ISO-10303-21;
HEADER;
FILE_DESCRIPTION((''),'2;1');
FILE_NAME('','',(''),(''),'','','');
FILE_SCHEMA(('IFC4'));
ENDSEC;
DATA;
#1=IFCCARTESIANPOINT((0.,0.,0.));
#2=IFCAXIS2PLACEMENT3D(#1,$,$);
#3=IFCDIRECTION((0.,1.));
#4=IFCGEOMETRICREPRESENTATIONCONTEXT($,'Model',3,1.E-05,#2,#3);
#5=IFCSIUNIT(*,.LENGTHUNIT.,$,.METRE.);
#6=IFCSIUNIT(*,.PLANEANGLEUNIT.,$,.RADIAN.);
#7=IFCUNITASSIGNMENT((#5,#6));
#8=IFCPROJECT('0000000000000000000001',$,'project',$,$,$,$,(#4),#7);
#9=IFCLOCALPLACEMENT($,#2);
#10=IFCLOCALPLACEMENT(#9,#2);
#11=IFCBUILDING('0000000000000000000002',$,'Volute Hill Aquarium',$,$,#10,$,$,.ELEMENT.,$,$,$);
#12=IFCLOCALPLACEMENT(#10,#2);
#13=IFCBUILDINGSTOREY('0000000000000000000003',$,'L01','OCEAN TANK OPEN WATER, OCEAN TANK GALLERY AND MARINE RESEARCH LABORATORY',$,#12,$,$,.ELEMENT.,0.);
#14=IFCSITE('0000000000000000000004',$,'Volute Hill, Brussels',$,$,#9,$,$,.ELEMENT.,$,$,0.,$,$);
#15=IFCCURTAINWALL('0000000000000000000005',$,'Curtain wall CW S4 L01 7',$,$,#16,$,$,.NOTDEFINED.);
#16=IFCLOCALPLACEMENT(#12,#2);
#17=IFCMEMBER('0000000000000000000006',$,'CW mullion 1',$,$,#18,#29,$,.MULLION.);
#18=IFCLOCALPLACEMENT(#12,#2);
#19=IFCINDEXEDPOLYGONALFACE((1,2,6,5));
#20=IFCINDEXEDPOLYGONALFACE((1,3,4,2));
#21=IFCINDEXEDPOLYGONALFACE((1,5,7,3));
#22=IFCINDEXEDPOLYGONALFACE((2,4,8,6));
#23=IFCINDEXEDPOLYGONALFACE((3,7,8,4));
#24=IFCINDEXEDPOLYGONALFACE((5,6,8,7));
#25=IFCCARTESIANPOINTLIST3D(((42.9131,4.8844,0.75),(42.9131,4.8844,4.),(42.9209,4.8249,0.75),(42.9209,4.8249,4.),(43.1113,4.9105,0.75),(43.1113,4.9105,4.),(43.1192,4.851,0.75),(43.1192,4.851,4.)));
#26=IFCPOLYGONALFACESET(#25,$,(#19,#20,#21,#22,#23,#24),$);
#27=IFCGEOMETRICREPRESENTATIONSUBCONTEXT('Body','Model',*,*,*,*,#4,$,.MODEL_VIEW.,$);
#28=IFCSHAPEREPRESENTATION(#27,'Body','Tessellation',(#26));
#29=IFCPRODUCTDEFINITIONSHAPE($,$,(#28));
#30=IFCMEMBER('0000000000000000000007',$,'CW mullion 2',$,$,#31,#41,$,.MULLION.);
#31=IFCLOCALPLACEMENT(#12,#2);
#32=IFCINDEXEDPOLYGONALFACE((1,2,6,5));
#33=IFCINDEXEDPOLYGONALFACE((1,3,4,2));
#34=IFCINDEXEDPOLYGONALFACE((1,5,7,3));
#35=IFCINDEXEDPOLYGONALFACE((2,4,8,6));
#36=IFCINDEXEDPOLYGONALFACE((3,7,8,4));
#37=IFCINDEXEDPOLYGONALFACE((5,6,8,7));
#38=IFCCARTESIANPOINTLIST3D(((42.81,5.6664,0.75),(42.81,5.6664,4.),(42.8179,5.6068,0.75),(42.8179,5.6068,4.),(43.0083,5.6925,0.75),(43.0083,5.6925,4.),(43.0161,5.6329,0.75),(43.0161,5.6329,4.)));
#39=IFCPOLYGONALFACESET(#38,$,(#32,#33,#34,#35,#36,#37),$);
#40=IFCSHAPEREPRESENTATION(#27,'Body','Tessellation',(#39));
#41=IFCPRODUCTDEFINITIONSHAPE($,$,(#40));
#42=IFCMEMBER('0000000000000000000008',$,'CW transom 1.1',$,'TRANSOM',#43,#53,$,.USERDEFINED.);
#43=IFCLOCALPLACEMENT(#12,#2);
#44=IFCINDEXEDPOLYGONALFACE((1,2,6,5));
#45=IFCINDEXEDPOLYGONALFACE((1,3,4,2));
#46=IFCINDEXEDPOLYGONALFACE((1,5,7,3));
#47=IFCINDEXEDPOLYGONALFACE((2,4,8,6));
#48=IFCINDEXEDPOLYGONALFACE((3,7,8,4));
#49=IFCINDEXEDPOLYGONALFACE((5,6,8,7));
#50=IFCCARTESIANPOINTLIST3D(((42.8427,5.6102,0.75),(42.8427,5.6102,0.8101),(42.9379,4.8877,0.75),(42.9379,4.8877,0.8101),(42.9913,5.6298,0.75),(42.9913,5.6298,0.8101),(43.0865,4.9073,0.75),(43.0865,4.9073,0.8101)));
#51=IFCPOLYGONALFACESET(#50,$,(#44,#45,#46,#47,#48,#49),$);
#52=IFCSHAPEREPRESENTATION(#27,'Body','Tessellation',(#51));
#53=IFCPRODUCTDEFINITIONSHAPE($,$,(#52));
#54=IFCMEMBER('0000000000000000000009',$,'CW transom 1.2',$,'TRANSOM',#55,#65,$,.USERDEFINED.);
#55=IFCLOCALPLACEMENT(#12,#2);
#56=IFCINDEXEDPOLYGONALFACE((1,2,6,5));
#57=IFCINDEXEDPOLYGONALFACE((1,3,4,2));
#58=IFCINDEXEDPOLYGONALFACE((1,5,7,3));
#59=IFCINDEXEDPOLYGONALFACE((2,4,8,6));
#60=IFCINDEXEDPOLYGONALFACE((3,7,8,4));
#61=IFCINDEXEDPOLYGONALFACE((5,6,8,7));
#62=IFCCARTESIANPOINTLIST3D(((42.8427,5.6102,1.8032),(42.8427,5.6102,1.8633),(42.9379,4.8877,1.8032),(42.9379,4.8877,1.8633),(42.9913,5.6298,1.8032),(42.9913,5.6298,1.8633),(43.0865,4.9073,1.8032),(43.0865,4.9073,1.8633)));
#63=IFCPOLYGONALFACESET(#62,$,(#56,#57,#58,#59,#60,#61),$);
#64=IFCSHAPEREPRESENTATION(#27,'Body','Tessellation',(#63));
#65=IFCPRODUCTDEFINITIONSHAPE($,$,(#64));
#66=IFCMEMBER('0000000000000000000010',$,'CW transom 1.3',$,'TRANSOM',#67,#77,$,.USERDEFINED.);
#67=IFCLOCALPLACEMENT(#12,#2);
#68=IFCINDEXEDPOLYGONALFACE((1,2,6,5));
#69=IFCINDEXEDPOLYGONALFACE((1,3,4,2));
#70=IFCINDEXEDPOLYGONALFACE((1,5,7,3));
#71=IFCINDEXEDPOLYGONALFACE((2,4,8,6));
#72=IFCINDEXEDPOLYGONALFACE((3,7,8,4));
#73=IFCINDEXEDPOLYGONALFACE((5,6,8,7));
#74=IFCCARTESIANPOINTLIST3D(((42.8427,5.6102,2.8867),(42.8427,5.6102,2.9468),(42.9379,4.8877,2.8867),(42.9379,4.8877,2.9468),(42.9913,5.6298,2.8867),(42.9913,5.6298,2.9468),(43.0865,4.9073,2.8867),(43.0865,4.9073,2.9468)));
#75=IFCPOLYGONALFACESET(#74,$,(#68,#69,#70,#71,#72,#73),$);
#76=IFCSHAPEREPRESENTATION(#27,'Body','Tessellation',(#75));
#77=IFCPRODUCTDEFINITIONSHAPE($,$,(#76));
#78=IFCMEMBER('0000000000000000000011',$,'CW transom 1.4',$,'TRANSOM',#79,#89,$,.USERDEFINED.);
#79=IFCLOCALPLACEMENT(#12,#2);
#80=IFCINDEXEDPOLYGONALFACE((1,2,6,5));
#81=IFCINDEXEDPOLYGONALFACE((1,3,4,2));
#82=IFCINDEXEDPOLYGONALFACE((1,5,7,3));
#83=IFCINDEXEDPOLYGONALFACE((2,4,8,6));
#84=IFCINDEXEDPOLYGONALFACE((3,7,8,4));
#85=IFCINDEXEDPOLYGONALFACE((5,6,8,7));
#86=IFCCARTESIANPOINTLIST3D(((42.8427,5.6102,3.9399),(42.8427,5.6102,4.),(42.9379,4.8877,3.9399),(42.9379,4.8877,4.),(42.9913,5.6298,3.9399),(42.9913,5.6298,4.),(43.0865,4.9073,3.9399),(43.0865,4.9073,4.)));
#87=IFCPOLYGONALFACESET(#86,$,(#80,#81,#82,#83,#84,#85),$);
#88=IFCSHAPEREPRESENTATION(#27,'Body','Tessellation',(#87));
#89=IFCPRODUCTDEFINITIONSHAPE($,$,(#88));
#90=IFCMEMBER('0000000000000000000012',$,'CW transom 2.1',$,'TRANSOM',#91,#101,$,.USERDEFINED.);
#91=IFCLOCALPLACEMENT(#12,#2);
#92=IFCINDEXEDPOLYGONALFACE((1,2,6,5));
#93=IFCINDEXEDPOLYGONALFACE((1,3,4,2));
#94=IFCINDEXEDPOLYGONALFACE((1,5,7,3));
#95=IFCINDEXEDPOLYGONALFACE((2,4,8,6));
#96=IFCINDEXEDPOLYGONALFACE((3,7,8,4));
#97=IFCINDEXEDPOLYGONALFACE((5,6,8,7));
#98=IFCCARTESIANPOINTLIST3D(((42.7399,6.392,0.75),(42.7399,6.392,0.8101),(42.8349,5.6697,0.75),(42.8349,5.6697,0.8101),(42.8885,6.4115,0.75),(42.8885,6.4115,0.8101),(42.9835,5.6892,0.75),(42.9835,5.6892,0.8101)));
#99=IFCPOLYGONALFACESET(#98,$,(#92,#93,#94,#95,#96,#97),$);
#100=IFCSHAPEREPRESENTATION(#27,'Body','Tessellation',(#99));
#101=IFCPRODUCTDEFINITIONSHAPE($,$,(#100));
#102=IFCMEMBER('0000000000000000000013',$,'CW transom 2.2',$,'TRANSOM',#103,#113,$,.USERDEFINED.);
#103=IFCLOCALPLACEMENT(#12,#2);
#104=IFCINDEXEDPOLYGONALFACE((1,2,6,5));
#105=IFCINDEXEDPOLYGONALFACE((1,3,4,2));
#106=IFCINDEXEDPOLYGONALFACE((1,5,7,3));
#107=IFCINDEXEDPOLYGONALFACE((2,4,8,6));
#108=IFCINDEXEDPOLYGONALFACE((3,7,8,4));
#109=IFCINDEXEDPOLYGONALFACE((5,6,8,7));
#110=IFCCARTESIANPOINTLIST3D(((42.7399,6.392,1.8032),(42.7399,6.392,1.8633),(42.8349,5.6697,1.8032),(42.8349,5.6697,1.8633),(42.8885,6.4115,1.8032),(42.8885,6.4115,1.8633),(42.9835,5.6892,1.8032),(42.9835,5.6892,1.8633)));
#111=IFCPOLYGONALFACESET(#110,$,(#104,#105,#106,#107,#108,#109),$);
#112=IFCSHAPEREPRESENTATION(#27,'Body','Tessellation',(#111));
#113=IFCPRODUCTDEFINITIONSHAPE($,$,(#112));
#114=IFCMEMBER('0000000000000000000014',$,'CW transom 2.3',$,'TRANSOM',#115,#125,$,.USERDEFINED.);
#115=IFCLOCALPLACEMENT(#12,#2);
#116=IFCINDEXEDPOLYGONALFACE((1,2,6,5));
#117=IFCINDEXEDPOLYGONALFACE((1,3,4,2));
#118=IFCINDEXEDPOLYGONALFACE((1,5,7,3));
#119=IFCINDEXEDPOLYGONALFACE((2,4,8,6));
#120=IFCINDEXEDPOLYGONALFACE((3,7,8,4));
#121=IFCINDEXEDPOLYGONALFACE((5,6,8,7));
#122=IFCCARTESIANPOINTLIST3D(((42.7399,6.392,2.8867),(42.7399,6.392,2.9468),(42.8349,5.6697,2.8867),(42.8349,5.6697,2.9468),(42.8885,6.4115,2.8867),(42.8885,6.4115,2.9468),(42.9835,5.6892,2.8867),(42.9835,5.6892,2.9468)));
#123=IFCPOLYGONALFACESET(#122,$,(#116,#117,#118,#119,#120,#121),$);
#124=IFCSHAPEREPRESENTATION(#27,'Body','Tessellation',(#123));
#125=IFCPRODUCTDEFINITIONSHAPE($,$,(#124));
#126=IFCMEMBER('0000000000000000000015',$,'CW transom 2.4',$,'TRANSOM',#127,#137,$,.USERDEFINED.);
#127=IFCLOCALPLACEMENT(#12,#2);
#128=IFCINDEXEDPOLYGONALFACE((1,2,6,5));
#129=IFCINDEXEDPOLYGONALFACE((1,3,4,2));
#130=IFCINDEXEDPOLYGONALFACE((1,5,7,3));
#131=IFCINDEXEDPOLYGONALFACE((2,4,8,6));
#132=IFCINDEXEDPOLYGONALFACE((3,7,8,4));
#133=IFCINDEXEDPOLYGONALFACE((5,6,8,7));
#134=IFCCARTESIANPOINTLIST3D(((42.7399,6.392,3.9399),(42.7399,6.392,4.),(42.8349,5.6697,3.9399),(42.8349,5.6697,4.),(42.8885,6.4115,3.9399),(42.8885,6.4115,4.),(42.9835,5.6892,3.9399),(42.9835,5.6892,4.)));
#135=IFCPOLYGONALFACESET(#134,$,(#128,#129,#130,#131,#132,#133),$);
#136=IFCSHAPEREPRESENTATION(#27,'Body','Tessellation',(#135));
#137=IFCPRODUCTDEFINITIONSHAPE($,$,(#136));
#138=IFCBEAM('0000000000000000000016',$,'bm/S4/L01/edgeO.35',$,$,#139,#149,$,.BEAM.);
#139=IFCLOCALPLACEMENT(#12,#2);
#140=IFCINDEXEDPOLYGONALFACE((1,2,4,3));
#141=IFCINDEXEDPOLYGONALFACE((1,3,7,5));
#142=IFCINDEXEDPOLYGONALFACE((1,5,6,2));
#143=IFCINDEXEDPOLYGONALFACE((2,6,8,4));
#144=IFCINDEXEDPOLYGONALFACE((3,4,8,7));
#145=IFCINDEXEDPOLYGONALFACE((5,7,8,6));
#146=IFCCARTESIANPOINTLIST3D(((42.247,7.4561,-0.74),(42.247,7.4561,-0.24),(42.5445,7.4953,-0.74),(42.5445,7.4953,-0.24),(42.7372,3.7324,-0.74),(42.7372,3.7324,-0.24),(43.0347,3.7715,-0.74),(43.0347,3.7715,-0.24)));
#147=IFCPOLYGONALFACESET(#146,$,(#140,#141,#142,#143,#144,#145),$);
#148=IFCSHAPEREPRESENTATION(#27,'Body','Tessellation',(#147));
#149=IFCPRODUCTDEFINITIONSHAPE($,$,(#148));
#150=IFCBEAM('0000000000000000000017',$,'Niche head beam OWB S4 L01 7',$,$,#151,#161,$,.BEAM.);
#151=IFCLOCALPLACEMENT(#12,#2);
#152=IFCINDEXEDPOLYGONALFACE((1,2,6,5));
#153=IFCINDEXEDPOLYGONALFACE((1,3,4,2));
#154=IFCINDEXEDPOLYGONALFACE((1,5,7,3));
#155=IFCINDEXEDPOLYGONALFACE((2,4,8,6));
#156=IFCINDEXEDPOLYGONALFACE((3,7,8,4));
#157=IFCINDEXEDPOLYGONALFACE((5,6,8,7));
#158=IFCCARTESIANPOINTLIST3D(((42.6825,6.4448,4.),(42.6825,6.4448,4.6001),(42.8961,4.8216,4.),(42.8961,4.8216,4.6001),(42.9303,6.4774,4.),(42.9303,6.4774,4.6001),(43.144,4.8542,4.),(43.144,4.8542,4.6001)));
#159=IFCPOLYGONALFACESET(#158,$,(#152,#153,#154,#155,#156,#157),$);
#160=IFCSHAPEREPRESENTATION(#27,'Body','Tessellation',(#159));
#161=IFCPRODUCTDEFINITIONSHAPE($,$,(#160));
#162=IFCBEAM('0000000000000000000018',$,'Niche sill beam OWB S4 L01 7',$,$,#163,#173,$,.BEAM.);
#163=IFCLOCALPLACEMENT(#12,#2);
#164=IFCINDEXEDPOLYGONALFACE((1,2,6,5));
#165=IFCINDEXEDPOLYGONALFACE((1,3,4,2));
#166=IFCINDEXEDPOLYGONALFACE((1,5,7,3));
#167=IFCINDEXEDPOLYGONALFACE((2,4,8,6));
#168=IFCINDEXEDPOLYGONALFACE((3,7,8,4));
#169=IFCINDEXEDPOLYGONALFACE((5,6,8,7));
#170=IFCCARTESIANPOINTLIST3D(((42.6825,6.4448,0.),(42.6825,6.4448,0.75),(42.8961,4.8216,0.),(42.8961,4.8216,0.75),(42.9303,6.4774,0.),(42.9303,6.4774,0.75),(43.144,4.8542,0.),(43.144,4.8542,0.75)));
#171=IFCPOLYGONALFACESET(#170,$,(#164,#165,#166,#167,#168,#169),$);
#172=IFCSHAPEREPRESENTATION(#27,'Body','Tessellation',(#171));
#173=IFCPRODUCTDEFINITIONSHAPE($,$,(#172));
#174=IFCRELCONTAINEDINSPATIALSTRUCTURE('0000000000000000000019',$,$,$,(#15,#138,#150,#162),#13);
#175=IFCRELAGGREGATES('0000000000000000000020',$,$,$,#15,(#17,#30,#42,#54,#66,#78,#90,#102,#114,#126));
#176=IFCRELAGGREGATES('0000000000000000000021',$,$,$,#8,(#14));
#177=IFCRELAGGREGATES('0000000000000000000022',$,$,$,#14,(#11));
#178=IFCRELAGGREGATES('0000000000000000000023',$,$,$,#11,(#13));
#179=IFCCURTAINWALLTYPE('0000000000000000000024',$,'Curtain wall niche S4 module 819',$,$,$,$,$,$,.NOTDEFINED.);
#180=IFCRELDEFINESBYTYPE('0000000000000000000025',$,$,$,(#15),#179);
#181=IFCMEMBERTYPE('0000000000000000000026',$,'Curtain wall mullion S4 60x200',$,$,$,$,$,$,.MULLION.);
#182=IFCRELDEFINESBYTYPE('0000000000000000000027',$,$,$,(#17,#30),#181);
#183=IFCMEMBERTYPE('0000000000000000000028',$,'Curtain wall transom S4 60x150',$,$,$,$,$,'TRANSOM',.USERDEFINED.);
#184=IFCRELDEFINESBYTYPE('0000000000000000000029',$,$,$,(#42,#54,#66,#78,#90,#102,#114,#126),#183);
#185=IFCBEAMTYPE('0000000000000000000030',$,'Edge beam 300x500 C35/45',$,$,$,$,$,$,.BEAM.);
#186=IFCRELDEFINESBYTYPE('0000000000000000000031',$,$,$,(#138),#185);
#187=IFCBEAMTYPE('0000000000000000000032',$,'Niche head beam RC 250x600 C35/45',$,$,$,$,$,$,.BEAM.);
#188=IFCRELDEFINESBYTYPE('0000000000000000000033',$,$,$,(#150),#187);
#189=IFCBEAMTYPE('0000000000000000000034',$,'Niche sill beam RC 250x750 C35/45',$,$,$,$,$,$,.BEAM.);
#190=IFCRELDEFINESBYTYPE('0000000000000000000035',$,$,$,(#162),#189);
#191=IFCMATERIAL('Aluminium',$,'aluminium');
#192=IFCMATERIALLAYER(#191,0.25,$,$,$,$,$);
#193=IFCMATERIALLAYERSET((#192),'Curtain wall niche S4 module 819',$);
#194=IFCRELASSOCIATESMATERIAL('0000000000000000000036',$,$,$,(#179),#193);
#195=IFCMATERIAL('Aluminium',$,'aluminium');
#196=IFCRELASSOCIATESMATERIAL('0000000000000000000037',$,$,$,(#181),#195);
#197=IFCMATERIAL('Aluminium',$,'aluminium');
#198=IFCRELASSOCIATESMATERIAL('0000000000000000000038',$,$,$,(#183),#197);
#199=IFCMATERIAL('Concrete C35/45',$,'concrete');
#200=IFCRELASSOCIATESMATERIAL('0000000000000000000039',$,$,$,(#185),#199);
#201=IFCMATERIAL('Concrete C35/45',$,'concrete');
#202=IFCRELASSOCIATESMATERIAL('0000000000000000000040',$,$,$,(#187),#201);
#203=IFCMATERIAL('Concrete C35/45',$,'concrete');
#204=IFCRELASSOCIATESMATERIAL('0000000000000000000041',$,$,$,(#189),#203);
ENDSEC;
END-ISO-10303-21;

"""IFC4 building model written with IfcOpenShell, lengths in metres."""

from ifc_helpers import new_model, si_unit, direction, frame, origin, origin_2d, place, context, subcontext, project, spatial, rectangle, extrude, material, layer, layer_set, material_profile, profile_set, type_object, element, aggregate, save


model = new_model("IFC4")

# Units and contexts
model_context = context("Model", 3, precision=1e-05, world=origin(), true_north=direction((0.0, 1.0)))
body_context = subcontext(model_context, "Body", "Model", "MODEL_VIEW")
ifc_project = project(units=[si_unit("LENGTHUNIT", "METRE"), si_unit("PLANEANGLEUNIT", "RADIAN")], contexts=[model_context])

# Site, building, storey
site_placement = place(None, origin())
site = spatial("IfcSite", under=ifc_project, at=site_placement, Name="Volute Hill, Brussels", CompositionType="ELEMENT", RefElevation=0.0)
building_placement = place(site_placement, origin())
building = spatial("IfcBuilding", under=site, at=building_placement, Name="Volute Hill Aquarium", CompositionType="ELEMENT")
storey_placement = place(building_placement, origin())
storey = spatial("IfcBuildingStorey", under=building, at=storey_placement, Name="L01", Description="OCEAN TANK OPEN WATER, OCEAN TANK GALLERY AND MARINE RESEARCH LABORATORY", CompositionType="ELEMENT", Elevation=0.0)

# Curtain wall, members
ifc_material_1 = material(Name="Aluminium", Category="aluminium")
ifc_layer_1 = layer(ifc_material_1, 0.25)
ifc_layer_set_1 = layer_set([ifc_layer_1], Name="Curtain wall niche S4 module 819")
curtain_wall_type = type_object("IfcCurtainWallType", Name="Curtain wall niche S4 module 819", PredefinedType="NOTDEFINED", material=ifc_layer_set_1)
curtain_wall_placement = place(storey_placement, origin())
curtain_wall = element("IfcCurtainWall", 1, at=curtain_wall_placement, inside=storey, type_object=curtain_wall_type, Name="Curtain wall CW S4 L01 7", PredefinedType="NOTDEFINED")
ifc_material_2 = material(Name="Aluminium", Category="aluminium")
ifc_material_profile_1 = material_profile(ifc_material_2, rectangle(XDim=0.2, YDim=0.0601, at=origin_2d()), Name="Curtain wall mullion S4 60x200")
ifc_profile_set_1 = profile_set([ifc_material_profile_1], Name="Aluminium")
member_type_1 = type_object("IfcMemberType", Name="Curtain wall mullion S4 60x200", PredefinedType="MULLION", material=ifc_profile_set_1)
member_1_placement = place(storey_placement, frame((43.0161, 4.8677, 0.75), z_axis=(0.0, 0.0, 1.0), x_axis=(-0.991446, -0.130516, 0.0)))
member_1 = element("IfcMember", 2, at=member_1_placement, type_object=member_type_1, Name="CW mullion 1", PredefinedType="MULLION", context=body_context, shape_type="SweptSolid", body=[
    extrude(rectangle(XDim=0.2, YDim=0.0601, at=origin_2d()), origin(), (0.0, 0.0, 1.0), 3.25),
])
member_2_placement = place(storey_placement, frame((42.9131, 5.6497, 0.75), z_axis=(0.0, 0.0, 1.0), x_axis=(-0.991446, -0.130516, 0.0)))
member_2 = element("IfcMember", 3, at=member_2_placement, type_object=member_type_1, Name="CW mullion 2", PredefinedType="MULLION", context=body_context, shape_type="SweptSolid", body=[
    extrude(rectangle(XDim=0.2, YDim=0.0601, at=origin_2d()), origin(), (0.0, 0.0, 1.0), 3.25),
])
ifc_material_3 = material(Name="Aluminium", Category="aluminium")
ifc_material_profile_2 = material_profile(ifc_material_3, rectangle(XDim=0.1499, YDim=0.0601, at=origin_2d()), Name="Curtain wall transom S4 60x150")
ifc_profile_set_2 = profile_set([ifc_material_profile_2], Name="Aluminium")
member_type_2 = type_object("IfcMemberType", Name="Curtain wall transom S4 60x150", ElementType="TRANSOM", PredefinedType="USERDEFINED", material=ifc_profile_set_2)
member_3_placement = place(storey_placement, frame((43.0122, 4.8975, 0.78), z_axis=(-0.130671, 0.991426, 0.0), x_axis=(-0.991426, -0.130671, 0.0)))
member_3 = element("IfcMember", 4, at=member_3_placement, type_object=member_type_2, Name="CW transom 1.1", ObjectType="TRANSOM", PredefinedType="USERDEFINED", context=body_context, shape_type="SweptSolid", body=[
    extrude(rectangle(XDim=0.1499, YDim=0.0601, at=origin_2d()), origin(), (0.0, 0.0, 1.0), 0.7288),
])
member_4_placement = place(storey_placement, frame((43.0122, 4.8975, 1.8333), z_axis=(-0.130671, 0.991426, 0.0), x_axis=(-0.991426, -0.130671, 0.0)))
member_4 = element("IfcMember", 5, at=member_4_placement, type_object=member_type_2, Name="CW transom 1.2", ObjectType="TRANSOM", PredefinedType="USERDEFINED", context=body_context, shape_type="SweptSolid", body=[
    extrude(rectangle(XDim=0.1499, YDim=0.0601, at=origin_2d()), origin(), (0.0, 0.0, 1.0), 0.7288),
])
member_5_placement = place(storey_placement, frame((43.0122, 4.8975, 2.9167), z_axis=(-0.130671, 0.991426, 0.0), x_axis=(-0.991426, -0.130671, 0.0)))
member_5 = element("IfcMember", 6, at=member_5_placement, type_object=member_type_2, Name="CW transom 1.3", ObjectType="TRANSOM", PredefinedType="USERDEFINED", context=body_context, shape_type="SweptSolid", body=[
    extrude(rectangle(XDim=0.1499, YDim=0.0601, at=origin_2d()), origin(), (0.0, 0.0, 1.0), 0.7288),
])
member_6_placement = place(storey_placement, frame((43.0122, 4.8975, 3.97), z_axis=(-0.130671, 0.991426, 0.0), x_axis=(-0.991426, -0.130671, 0.0)))
member_6 = element("IfcMember", 7, at=member_6_placement, type_object=member_type_2, Name="CW transom 1.4", ObjectType="TRANSOM", PredefinedType="USERDEFINED", context=body_context, shape_type="SweptSolid", body=[
    extrude(rectangle(XDim=0.1499, YDim=0.0601, at=origin_2d()), origin(), (0.0, 0.0, 1.0), 0.7288),
])
member_7_placement = place(storey_placement, frame((42.9092, 5.6794, 0.78), z_axis=(-0.130342, 0.991469, 0.0), x_axis=(-0.991469, -0.130342, 0.0)))
member_7 = element("IfcMember", 8, at=member_7_placement, type_object=member_type_2, Name="CW transom 2.1", ObjectType="TRANSOM", PredefinedType="USERDEFINED", context=body_context, shape_type="SweptSolid", body=[
    extrude(rectangle(XDim=0.1499, YDim=0.0601, at=origin_2d()), origin(), (0.0, 0.0, 1.0), 0.7285),
])
member_8_placement = place(storey_placement, frame((42.9092, 5.6794, 1.8333), z_axis=(-0.130342, 0.991469, 0.0), x_axis=(-0.991469, -0.130342, 0.0)))
member_8 = element("IfcMember", 9, at=member_8_placement, type_object=member_type_2, Name="CW transom 2.2", ObjectType="TRANSOM", PredefinedType="USERDEFINED", context=body_context, shape_type="SweptSolid", body=[
    extrude(rectangle(XDim=0.1499, YDim=0.0601, at=origin_2d()), origin(), (0.0, 0.0, 1.0), 0.7285),
])
member_9_placement = place(storey_placement, frame((42.9092, 5.6794, 2.9167), z_axis=(-0.130342, 0.991469, 0.0), x_axis=(-0.991469, -0.130342, 0.0)))
member_9 = element("IfcMember", 10, at=member_9_placement, type_object=member_type_2, Name="CW transom 2.3", ObjectType="TRANSOM", PredefinedType="USERDEFINED", context=body_context, shape_type="SweptSolid", body=[
    extrude(rectangle(XDim=0.1499, YDim=0.0601, at=origin_2d()), origin(), (0.0, 0.0, 1.0), 0.7285),
])
member_10_placement = place(storey_placement, frame((42.9092, 5.6794, 3.97), z_axis=(-0.130342, 0.991469, 0.0), x_axis=(-0.991469, -0.130342, 0.0)))
member_10 = element("IfcMember", 11, at=member_10_placement, type_object=member_type_2, Name="CW transom 2.4", ObjectType="TRANSOM", PredefinedType="USERDEFINED", context=body_context, shape_type="SweptSolid", body=[
    extrude(rectangle(XDim=0.1499, YDim=0.0601, at=origin_2d()), origin(), (0.0, 0.0, 1.0), 0.7285),
])

# Beams
ifc_material_4 = material(Name="Concrete C35/45", Category="concrete")
ifc_material_profile_3 = material_profile(ifc_material_4, rectangle(XDim=0.3, YDim=0.5, at=origin_2d()), Name="RC edge beam 300x500")
ifc_profile_set_3 = profile_set([ifc_material_profile_3], Name="Concrete C35/45")
beam_type_1 = type_object("IfcBeamType", Name="Edge beam 300x500 C35/45", PredefinedType="BEAM", material=ifc_profile_set_3)
beam_1_placement = place(storey_placement, frame((42.886, 3.752, -0.49), z_axis=(-0.130528, 0.991445, 0.0), x_axis=(-0.991445, -0.130528, 0.0)))
element("IfcBeam", 12, at=beam_1_placement, inside=storey, type_object=beam_type_1, Name="bm/S4/L01/edgeO.35", PredefinedType="BEAM", context=body_context, shape_type="SweptSolid", body=[
    extrude(rectangle(XDim=0.3, YDim=0.5, at=origin_2d()), origin(), (0.0, 0.0, 1.0), 3.7559),
])
ifc_material_5 = material(Name="Concrete C35/45", Category="concrete")
ifc_material_profile_4 = material_profile(ifc_material_5, rectangle(XDim=0.25, YDim=0.6001, at=origin_2d()), Name="RC beam 250x600")
ifc_profile_set_4 = profile_set([ifc_material_profile_4], Name="Concrete C35/45")
beam_type_2 = type_object("IfcBeamType", Name="Niche head beam RC 250x600 C35/45", PredefinedType="BEAM", material=ifc_profile_set_4)
beam_2_placement = place(storey_placement, frame((43.02, 4.8379, 4.3), z_axis=(-0.130474, 0.991452, 0.0), x_axis=(-0.991452, -0.130474, 0.0)))
element("IfcBeam", 13, at=beam_2_placement, inside=storey, type_object=beam_type_2, Name="Niche head beam OWB S4 L01 7", PredefinedType="BEAM", context=body_context, shape_type="SweptSolid", body=[
    extrude(rectangle(XDim=0.25, YDim=0.6001, at=origin_2d()), origin(), (0.0, 0.0, 1.0), 1.6372),
])
ifc_material_6 = material(Name="Concrete C35/45", Category="concrete")
ifc_material_profile_5 = material_profile(ifc_material_6, rectangle(XDim=0.25, YDim=0.75, at=origin_2d()), Name="RC beam 250x750")
ifc_profile_set_5 = profile_set([ifc_material_profile_5], Name="Concrete C35/45")
beam_type_3 = type_object("IfcBeamType", Name="Niche sill beam RC 250x750 C35/45", PredefinedType="BEAM", material=ifc_profile_set_5)
beam_3_placement = place(storey_placement, frame((43.02, 4.8379, 0.375), z_axis=(-0.130474, 0.991452, 0.0), x_axis=(-0.991452, -0.130474, 0.0)))
element("IfcBeam", 14, at=beam_3_placement, inside=storey, type_object=beam_type_3, Name="Niche sill beam OWB S4 L01 7", PredefinedType="BEAM", context=body_context, shape_type="SweptSolid", body=[
    extrude(rectangle(XDim=0.25, YDim=0.75, at=origin_2d()), origin(), (0.0, 0.0, 1.0), 1.6372),
])

aggregate(curtain_wall, [member_1, member_2, member_3, member_4, member_5, member_6, member_7, member_8, member_9, member_10])

save(model, "model.ifc")
